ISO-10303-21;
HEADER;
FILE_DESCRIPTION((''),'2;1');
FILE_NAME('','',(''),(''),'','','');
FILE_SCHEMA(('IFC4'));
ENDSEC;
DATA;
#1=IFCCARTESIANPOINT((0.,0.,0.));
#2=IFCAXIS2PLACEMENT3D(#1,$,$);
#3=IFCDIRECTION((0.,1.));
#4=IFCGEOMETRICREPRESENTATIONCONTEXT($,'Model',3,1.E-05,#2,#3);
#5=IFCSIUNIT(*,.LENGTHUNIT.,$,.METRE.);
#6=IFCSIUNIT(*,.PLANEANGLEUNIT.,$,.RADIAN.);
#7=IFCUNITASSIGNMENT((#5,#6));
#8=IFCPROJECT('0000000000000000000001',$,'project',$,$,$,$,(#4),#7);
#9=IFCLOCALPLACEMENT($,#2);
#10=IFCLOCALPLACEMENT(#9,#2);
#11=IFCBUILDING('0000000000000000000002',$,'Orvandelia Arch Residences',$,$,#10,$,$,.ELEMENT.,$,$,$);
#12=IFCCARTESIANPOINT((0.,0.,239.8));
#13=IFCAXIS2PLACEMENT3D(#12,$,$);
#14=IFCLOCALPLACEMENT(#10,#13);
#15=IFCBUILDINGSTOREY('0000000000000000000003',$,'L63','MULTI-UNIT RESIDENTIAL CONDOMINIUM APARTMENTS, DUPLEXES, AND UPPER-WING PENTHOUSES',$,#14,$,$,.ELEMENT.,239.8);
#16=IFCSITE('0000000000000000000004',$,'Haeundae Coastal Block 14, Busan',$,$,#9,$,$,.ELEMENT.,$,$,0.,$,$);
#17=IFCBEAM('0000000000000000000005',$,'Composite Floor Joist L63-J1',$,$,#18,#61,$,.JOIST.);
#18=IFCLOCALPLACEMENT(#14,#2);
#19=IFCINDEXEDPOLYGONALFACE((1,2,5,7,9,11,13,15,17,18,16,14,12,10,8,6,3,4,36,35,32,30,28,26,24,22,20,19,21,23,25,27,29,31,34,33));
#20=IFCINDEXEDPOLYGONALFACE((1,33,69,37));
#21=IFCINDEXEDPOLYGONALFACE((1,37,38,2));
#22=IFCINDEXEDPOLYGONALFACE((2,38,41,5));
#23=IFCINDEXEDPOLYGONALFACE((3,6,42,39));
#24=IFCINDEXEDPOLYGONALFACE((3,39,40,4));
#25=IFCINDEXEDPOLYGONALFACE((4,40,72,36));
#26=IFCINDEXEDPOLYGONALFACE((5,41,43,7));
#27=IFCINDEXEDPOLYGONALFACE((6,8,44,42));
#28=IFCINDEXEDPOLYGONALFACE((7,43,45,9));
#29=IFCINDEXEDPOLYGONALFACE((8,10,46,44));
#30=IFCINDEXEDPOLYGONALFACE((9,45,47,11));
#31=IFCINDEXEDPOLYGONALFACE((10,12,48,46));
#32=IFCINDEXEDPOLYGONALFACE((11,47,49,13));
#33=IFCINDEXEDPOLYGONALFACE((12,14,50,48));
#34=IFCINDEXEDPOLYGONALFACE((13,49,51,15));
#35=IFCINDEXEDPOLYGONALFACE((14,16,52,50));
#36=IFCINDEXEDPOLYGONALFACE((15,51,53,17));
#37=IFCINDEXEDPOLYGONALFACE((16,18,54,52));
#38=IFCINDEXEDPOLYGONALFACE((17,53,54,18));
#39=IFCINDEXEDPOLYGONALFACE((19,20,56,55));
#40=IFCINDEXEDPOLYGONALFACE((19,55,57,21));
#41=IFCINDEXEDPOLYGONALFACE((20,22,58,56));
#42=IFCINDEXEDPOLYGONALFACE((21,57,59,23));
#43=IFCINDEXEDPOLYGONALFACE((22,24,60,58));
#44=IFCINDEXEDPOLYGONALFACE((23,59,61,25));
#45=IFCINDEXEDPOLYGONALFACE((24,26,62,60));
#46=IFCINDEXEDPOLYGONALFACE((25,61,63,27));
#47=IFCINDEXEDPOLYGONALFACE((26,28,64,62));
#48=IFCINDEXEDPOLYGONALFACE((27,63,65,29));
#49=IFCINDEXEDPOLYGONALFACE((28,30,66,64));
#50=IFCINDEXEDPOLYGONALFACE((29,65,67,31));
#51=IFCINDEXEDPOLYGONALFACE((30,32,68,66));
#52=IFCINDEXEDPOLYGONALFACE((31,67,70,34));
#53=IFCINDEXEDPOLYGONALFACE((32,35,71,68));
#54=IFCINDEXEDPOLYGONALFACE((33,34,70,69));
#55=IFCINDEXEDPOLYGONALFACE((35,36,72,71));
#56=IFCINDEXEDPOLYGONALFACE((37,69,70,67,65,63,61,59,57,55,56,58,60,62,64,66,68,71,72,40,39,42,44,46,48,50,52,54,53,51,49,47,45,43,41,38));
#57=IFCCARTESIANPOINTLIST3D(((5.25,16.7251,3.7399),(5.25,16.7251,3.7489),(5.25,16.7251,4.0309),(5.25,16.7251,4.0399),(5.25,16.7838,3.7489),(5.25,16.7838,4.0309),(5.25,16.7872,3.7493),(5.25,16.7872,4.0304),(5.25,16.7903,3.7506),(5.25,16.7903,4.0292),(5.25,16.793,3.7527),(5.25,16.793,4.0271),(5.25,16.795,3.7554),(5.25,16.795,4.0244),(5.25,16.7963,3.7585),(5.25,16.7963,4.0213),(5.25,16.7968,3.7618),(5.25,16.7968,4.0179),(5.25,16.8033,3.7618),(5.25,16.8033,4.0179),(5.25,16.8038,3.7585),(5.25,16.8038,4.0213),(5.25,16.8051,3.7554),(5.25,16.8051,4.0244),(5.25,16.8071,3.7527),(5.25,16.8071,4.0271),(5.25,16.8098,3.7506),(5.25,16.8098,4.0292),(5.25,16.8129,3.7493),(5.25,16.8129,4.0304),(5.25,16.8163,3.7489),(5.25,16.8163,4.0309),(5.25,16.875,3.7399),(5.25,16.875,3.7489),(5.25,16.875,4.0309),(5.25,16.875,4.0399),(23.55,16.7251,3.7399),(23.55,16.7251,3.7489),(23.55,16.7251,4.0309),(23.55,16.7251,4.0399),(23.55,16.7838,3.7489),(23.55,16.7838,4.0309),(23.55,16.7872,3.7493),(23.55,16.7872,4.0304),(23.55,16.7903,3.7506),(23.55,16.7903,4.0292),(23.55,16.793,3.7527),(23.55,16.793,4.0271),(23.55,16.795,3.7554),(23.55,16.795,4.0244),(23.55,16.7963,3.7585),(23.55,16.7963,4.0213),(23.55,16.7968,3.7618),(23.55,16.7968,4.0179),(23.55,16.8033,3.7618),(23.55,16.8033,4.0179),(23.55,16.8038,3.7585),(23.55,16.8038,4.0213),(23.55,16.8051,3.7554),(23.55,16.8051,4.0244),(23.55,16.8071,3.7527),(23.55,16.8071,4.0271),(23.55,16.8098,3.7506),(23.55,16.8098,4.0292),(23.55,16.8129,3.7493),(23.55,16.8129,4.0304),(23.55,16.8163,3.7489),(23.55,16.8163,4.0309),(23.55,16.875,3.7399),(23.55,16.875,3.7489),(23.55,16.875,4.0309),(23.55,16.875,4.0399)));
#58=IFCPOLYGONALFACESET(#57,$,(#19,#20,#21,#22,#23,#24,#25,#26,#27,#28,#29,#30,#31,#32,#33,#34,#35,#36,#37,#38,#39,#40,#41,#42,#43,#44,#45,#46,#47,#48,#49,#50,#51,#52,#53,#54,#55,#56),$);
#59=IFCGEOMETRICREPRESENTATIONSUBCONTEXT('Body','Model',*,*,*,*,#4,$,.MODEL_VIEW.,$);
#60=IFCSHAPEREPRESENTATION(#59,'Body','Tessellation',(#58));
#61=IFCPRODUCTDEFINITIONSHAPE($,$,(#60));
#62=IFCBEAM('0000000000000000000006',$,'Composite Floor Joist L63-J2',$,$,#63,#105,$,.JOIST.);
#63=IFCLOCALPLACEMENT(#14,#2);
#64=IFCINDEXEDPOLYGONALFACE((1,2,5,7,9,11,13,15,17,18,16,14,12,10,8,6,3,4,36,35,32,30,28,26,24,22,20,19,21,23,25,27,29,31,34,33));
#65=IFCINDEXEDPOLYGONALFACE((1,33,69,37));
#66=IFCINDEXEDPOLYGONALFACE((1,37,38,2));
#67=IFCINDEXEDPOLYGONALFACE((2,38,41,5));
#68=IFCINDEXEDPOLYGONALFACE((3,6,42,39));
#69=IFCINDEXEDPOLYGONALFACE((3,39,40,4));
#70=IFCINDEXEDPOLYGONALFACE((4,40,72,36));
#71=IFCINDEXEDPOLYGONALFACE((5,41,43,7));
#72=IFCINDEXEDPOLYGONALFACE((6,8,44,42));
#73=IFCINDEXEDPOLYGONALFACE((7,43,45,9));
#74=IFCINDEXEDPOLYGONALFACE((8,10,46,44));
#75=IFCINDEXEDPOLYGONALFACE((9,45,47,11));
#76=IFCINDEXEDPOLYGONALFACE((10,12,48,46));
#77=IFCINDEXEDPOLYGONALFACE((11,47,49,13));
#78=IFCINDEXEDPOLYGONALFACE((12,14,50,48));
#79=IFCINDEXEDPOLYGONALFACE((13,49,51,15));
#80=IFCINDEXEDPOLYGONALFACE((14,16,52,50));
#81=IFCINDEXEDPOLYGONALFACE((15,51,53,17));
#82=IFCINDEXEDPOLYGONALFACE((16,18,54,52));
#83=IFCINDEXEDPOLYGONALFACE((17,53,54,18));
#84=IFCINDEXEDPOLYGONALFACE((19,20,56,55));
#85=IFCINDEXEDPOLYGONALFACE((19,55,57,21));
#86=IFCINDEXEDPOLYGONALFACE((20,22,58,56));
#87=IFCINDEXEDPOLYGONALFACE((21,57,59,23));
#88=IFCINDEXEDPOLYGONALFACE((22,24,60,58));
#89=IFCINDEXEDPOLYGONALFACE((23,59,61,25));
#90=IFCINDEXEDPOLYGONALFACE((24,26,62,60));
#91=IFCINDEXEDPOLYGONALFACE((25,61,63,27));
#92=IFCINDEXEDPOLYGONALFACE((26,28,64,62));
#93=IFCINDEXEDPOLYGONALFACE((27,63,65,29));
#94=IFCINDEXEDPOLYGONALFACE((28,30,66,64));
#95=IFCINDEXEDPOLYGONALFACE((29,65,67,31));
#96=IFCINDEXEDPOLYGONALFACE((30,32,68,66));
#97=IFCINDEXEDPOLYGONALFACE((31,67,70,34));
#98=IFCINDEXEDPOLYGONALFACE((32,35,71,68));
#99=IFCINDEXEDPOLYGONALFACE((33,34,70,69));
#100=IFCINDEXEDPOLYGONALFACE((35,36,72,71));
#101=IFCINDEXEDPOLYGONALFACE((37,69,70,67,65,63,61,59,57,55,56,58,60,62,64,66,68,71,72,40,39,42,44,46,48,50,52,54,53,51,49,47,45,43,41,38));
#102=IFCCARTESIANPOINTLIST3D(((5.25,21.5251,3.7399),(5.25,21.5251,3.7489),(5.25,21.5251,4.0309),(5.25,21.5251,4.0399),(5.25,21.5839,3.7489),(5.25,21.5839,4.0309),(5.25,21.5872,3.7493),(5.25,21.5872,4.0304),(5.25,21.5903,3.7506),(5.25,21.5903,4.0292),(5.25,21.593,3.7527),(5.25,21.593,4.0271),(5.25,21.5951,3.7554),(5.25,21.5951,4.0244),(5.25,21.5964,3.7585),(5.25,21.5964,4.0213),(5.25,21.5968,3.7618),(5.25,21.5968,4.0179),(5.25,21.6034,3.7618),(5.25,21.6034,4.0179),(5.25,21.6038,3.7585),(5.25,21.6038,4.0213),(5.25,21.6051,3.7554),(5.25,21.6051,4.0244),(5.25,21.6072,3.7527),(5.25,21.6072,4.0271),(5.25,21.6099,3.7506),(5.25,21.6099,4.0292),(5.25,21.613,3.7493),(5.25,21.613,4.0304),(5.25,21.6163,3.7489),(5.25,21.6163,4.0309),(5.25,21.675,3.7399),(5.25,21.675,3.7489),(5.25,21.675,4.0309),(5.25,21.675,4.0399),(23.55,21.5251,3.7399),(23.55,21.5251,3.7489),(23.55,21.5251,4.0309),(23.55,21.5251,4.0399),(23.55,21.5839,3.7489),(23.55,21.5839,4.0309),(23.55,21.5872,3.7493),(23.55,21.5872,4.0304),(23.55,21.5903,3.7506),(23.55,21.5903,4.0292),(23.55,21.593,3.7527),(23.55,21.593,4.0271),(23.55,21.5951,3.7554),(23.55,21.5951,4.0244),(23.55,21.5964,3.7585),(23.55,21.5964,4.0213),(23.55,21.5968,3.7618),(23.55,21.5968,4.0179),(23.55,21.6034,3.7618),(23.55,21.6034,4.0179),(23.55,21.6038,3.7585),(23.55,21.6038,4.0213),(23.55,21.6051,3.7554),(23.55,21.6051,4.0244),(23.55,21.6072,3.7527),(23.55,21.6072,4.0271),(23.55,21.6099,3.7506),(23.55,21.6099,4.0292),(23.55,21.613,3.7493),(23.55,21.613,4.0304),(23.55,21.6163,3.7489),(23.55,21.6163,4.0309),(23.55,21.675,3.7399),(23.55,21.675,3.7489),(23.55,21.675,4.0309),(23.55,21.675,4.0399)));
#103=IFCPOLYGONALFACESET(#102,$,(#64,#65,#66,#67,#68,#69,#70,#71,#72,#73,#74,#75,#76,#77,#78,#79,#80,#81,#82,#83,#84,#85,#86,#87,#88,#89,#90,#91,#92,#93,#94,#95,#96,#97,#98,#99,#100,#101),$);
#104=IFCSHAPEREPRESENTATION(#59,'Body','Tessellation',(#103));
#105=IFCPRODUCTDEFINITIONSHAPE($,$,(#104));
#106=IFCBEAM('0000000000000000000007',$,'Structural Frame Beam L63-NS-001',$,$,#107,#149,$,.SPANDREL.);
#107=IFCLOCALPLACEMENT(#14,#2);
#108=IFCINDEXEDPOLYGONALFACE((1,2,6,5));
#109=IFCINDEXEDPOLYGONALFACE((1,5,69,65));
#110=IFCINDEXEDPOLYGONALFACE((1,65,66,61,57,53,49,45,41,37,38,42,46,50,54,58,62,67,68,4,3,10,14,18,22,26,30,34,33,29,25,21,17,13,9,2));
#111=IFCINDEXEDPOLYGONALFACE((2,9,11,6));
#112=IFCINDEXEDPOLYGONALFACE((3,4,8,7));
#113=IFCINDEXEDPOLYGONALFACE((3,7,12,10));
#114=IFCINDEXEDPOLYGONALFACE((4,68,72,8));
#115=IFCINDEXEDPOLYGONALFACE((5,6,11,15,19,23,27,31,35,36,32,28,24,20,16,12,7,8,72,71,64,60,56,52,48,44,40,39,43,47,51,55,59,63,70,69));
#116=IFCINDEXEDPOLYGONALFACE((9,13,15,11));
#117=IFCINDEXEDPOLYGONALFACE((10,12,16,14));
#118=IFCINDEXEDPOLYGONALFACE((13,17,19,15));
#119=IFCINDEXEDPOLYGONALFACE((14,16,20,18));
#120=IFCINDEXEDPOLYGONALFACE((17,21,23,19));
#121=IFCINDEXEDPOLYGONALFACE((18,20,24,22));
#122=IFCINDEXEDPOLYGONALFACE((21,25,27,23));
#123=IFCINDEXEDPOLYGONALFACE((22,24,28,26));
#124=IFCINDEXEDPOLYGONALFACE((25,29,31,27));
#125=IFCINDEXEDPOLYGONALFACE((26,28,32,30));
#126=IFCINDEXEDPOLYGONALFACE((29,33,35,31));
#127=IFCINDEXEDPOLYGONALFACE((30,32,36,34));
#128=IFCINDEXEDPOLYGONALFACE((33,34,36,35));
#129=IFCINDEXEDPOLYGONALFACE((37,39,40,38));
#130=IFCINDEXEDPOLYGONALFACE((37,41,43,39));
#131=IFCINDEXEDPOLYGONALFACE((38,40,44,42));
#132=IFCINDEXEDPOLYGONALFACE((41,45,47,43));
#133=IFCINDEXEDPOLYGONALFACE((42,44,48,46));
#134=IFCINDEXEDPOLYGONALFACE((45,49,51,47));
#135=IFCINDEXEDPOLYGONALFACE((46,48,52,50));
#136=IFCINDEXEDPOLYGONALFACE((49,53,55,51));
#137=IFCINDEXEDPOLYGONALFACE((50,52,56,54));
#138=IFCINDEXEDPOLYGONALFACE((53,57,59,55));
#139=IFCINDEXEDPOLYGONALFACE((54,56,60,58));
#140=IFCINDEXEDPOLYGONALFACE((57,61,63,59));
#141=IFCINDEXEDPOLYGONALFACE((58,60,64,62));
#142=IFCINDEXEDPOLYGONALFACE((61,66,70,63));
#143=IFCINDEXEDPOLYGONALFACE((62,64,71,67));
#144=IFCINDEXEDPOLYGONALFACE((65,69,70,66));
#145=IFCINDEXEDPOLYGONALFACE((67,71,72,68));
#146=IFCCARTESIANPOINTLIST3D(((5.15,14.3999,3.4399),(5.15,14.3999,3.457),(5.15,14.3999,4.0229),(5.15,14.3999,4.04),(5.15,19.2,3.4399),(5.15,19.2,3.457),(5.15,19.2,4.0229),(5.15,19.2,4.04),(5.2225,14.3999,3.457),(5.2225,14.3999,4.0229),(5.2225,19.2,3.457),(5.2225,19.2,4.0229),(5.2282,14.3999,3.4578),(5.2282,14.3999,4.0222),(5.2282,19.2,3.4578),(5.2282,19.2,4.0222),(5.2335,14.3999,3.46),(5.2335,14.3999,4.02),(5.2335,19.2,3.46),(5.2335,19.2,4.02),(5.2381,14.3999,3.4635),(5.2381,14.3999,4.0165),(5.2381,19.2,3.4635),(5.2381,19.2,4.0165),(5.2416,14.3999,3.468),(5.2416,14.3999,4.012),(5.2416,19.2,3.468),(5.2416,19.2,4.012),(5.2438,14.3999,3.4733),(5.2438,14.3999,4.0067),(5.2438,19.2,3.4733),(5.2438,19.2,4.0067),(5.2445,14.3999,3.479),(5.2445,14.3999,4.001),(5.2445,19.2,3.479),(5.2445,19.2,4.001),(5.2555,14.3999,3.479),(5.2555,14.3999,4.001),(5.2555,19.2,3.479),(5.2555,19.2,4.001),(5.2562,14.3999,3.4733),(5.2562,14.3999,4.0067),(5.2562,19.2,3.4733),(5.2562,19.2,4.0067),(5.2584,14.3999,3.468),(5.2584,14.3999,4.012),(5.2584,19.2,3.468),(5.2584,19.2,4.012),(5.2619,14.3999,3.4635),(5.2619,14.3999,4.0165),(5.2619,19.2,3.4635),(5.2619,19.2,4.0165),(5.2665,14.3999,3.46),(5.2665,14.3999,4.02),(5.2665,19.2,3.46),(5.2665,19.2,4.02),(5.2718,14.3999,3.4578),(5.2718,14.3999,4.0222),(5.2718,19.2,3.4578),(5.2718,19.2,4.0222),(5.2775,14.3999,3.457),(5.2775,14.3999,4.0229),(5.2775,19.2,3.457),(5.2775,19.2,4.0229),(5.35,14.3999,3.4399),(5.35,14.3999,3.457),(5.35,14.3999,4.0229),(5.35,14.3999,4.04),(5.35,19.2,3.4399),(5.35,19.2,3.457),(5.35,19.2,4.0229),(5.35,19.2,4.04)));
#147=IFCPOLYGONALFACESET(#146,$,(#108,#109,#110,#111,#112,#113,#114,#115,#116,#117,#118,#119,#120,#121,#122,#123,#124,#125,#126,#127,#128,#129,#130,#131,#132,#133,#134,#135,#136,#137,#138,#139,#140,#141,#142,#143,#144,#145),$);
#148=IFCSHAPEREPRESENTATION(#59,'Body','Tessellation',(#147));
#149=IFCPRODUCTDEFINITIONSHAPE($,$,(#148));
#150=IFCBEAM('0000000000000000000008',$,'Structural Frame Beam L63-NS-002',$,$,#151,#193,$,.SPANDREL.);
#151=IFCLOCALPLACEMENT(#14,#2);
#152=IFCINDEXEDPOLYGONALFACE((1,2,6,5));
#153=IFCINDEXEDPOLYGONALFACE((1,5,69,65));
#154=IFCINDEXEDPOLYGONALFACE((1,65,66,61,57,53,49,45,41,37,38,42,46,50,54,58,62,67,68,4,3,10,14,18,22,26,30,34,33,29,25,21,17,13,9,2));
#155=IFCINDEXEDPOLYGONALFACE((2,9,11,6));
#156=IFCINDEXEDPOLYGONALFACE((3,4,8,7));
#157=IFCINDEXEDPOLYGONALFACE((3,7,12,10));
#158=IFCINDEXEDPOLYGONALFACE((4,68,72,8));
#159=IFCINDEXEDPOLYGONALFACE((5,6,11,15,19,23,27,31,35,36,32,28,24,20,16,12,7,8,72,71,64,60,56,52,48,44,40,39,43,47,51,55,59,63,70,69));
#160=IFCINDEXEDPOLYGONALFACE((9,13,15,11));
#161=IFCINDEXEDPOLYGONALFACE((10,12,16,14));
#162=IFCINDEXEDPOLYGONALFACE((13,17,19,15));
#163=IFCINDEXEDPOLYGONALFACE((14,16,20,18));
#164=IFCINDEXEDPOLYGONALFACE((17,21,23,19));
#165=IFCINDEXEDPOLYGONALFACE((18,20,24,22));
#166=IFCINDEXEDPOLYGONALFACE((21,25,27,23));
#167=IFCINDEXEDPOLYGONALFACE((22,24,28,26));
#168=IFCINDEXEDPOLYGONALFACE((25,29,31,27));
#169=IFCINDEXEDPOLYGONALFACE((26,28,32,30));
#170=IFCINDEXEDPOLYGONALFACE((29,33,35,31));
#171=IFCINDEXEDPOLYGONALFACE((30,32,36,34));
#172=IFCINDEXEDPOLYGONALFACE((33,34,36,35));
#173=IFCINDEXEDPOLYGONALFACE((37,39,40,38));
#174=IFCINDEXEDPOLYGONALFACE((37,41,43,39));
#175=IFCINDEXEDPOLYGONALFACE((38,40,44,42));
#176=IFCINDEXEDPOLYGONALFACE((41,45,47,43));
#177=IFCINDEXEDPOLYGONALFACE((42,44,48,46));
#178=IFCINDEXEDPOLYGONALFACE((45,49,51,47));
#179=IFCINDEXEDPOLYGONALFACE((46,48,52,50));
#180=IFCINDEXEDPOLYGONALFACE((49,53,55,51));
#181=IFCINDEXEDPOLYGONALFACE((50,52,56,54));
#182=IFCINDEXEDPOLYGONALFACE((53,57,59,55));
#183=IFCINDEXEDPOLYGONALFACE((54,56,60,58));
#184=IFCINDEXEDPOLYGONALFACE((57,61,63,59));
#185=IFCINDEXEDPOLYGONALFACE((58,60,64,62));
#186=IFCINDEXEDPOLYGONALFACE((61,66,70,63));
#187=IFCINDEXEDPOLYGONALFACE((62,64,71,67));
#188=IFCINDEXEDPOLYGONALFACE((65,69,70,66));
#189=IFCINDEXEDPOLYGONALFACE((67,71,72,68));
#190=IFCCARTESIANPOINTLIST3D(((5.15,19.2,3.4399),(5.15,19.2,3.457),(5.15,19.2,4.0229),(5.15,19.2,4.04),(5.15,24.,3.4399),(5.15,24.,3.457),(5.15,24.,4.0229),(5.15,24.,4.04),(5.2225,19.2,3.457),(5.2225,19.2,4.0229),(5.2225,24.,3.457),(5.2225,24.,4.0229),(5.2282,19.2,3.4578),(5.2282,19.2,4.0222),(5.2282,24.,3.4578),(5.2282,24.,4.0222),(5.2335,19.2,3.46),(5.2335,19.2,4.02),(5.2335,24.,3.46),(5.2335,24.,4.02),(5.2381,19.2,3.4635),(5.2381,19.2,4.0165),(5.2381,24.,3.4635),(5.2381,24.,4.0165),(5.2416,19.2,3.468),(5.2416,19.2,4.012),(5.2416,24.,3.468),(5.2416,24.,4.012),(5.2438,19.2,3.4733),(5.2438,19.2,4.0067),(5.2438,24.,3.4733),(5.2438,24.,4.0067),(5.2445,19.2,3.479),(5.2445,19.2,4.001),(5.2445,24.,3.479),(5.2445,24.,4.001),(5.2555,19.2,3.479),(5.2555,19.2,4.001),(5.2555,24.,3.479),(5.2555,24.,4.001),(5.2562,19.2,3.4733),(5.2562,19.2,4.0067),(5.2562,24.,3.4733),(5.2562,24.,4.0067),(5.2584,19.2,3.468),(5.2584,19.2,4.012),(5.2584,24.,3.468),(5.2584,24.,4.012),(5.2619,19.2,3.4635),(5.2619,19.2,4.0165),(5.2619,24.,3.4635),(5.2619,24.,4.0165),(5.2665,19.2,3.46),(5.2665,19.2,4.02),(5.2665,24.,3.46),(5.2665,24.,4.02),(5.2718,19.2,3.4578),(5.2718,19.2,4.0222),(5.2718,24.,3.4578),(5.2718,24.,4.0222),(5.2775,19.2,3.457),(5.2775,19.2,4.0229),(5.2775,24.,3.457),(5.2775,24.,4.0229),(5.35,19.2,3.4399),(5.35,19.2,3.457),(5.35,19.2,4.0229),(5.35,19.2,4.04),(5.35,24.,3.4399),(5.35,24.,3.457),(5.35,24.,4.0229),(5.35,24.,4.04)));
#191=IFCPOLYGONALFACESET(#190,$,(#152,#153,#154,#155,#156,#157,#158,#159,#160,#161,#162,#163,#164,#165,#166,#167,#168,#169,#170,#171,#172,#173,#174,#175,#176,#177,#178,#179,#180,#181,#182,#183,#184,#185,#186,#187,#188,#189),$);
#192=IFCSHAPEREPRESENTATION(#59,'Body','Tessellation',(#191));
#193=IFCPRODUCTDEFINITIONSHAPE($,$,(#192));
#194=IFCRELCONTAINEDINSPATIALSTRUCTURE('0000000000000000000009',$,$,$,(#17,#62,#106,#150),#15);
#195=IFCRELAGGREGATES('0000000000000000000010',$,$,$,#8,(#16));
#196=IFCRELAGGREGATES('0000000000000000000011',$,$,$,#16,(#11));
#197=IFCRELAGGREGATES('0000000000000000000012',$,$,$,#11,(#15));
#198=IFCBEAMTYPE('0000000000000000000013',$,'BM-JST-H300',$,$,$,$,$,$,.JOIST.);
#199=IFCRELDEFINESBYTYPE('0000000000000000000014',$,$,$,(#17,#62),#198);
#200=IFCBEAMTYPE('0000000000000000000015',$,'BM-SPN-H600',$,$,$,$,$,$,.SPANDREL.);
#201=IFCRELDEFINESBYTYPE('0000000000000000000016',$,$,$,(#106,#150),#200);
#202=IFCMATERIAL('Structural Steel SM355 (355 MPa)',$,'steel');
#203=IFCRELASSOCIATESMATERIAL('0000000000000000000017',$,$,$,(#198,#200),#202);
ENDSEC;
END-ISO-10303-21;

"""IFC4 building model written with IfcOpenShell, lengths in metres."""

from ifc_helpers import new_model, si_unit, direction, frame, origin, origin_2d, place, context, subcontext, project, spatial, i_section, extrude, material, material_profile, profile_set, type_object, element, save


model = new_model("IFC4")

# Units and contexts
model_context = context("Model", 3, precision=1e-05, world=origin(), true_north=direction((0.0, 1.0)))
body_context = subcontext(model_context, "Body", "Model", "MODEL_VIEW")
ifc_project = project(units=[si_unit("LENGTHUNIT", "METRE"), si_unit("PLANEANGLEUNIT", "RADIAN")], contexts=[model_context])

# Site, building, storey
site_placement = place(None, origin())
site = spatial("IfcSite", under=ifc_project, at=site_placement, Name="Haeundae Coastal Block 14, Busan", CompositionType="ELEMENT", RefElevation=0.0)
building_placement = place(site_placement, origin())
building = spatial("IfcBuilding", under=site, at=building_placement, Name="Orvandelia Arch Residences", CompositionType="ELEMENT")
storey_placement = place(building_placement, frame((0.0, 0.0, 239.8)))
storey = spatial("IfcBuildingStorey", under=building, at=storey_placement, Name="L63", Description="MULTI-UNIT RESIDENTIAL CONDOMINIUM APARTMENTS, DUPLEXES, AND UPPER-WING PENTHOUSES", CompositionType="ELEMENT", Elevation=239.8)

# Beams
ifc_material_1 = material(Name="Structural Steel SM355 (355 MPa)", Category="steel")
ifc_material_profile_1 = material_profile(ifc_material_1, i_section(OverallWidth=0.1499, OverallDepth=0.3, WebThickness=0.0066, FlangeThickness=0.009, FilletRadius=0.0129, at=origin_2d()), Name="Structural Steel SM355 (355 MPa)", Category="steel")
ifc_profile_set_1 = profile_set([ifc_material_profile_1], Name="Structural Steel SM355 (355 MPa)")
beam_type_1 = type_object("IfcBeamType", Name="BM-JST-H300", PredefinedType="JOIST", material=ifc_profile_set_1)
for number, where, z_axis, x_axis, name in (
    (1, (5.25, 16.8, 3.8899), (1.0, 0.0, 0.0), (0.0, 1.0, 0.0), "Composite Floor Joist L63-J1"),
    (2, (5.25, 21.6001, 3.8899), (1.0, 0.0, 0.0), (0.0, 1.0, 0.0), "Composite Floor Joist L63-J2"),
):
    element("IfcBeam", number, at=place(storey_placement, frame(where, z_axis=z_axis, x_axis=x_axis)), inside=storey, type_object=beam_type_1, Name=name, PredefinedType="JOIST", context=body_context, shape_type="SweptSolid", body=[
        extrude(i_section(OverallWidth=0.1499, OverallDepth=0.3, WebThickness=0.0066, FlangeThickness=0.009, FilletRadius=0.0129, at=origin_2d()), origin(), (0.0, 0.0, 1.0), 18.3),
    ])
ifc_material_profile_2 = material_profile(ifc_material_1, i_section(OverallWidth=0.2, OverallDepth=0.6001, WebThickness=0.011, FlangeThickness=0.0171, FilletRadius=0.022, at=origin_2d()), Name="Structural Steel SM355 (355 MPa)", Category="steel")
ifc_profile_set_2 = profile_set([ifc_material_profile_2], Name="Structural Steel SM355 (355 MPa)")
beam_type_2 = type_object("IfcBeamType", Name="BM-SPN-H600", PredefinedType="SPANDREL", material=ifc_profile_set_2)
for number, where, z_axis, x_axis, name in (
    (3, (5.25, 14.3999, 3.74), (0.0, 1.0, 0.0), (-1.0, 0.0, 0.0), "Structural Frame Beam L63-NS-001"),
    (4, (5.25, 19.2, 3.74), (0.0, 1.0, 0.0), (-1.0, 0.0, 0.0), "Structural Frame Beam L63-NS-002"),
):
    element("IfcBeam", number, at=place(storey_placement, frame(where, z_axis=z_axis, x_axis=x_axis)), inside=storey, type_object=beam_type_2, Name=name, PredefinedType="SPANDREL", context=body_context, shape_type="SweptSolid", body=[
        extrude(i_section(OverallWidth=0.2, OverallDepth=0.6001, WebThickness=0.011, FlangeThickness=0.0171, FilletRadius=0.022, at=origin_2d()), origin(), (0.0, 0.0, 1.0), 4.8),
    ])

save(model, "model.ifc")
